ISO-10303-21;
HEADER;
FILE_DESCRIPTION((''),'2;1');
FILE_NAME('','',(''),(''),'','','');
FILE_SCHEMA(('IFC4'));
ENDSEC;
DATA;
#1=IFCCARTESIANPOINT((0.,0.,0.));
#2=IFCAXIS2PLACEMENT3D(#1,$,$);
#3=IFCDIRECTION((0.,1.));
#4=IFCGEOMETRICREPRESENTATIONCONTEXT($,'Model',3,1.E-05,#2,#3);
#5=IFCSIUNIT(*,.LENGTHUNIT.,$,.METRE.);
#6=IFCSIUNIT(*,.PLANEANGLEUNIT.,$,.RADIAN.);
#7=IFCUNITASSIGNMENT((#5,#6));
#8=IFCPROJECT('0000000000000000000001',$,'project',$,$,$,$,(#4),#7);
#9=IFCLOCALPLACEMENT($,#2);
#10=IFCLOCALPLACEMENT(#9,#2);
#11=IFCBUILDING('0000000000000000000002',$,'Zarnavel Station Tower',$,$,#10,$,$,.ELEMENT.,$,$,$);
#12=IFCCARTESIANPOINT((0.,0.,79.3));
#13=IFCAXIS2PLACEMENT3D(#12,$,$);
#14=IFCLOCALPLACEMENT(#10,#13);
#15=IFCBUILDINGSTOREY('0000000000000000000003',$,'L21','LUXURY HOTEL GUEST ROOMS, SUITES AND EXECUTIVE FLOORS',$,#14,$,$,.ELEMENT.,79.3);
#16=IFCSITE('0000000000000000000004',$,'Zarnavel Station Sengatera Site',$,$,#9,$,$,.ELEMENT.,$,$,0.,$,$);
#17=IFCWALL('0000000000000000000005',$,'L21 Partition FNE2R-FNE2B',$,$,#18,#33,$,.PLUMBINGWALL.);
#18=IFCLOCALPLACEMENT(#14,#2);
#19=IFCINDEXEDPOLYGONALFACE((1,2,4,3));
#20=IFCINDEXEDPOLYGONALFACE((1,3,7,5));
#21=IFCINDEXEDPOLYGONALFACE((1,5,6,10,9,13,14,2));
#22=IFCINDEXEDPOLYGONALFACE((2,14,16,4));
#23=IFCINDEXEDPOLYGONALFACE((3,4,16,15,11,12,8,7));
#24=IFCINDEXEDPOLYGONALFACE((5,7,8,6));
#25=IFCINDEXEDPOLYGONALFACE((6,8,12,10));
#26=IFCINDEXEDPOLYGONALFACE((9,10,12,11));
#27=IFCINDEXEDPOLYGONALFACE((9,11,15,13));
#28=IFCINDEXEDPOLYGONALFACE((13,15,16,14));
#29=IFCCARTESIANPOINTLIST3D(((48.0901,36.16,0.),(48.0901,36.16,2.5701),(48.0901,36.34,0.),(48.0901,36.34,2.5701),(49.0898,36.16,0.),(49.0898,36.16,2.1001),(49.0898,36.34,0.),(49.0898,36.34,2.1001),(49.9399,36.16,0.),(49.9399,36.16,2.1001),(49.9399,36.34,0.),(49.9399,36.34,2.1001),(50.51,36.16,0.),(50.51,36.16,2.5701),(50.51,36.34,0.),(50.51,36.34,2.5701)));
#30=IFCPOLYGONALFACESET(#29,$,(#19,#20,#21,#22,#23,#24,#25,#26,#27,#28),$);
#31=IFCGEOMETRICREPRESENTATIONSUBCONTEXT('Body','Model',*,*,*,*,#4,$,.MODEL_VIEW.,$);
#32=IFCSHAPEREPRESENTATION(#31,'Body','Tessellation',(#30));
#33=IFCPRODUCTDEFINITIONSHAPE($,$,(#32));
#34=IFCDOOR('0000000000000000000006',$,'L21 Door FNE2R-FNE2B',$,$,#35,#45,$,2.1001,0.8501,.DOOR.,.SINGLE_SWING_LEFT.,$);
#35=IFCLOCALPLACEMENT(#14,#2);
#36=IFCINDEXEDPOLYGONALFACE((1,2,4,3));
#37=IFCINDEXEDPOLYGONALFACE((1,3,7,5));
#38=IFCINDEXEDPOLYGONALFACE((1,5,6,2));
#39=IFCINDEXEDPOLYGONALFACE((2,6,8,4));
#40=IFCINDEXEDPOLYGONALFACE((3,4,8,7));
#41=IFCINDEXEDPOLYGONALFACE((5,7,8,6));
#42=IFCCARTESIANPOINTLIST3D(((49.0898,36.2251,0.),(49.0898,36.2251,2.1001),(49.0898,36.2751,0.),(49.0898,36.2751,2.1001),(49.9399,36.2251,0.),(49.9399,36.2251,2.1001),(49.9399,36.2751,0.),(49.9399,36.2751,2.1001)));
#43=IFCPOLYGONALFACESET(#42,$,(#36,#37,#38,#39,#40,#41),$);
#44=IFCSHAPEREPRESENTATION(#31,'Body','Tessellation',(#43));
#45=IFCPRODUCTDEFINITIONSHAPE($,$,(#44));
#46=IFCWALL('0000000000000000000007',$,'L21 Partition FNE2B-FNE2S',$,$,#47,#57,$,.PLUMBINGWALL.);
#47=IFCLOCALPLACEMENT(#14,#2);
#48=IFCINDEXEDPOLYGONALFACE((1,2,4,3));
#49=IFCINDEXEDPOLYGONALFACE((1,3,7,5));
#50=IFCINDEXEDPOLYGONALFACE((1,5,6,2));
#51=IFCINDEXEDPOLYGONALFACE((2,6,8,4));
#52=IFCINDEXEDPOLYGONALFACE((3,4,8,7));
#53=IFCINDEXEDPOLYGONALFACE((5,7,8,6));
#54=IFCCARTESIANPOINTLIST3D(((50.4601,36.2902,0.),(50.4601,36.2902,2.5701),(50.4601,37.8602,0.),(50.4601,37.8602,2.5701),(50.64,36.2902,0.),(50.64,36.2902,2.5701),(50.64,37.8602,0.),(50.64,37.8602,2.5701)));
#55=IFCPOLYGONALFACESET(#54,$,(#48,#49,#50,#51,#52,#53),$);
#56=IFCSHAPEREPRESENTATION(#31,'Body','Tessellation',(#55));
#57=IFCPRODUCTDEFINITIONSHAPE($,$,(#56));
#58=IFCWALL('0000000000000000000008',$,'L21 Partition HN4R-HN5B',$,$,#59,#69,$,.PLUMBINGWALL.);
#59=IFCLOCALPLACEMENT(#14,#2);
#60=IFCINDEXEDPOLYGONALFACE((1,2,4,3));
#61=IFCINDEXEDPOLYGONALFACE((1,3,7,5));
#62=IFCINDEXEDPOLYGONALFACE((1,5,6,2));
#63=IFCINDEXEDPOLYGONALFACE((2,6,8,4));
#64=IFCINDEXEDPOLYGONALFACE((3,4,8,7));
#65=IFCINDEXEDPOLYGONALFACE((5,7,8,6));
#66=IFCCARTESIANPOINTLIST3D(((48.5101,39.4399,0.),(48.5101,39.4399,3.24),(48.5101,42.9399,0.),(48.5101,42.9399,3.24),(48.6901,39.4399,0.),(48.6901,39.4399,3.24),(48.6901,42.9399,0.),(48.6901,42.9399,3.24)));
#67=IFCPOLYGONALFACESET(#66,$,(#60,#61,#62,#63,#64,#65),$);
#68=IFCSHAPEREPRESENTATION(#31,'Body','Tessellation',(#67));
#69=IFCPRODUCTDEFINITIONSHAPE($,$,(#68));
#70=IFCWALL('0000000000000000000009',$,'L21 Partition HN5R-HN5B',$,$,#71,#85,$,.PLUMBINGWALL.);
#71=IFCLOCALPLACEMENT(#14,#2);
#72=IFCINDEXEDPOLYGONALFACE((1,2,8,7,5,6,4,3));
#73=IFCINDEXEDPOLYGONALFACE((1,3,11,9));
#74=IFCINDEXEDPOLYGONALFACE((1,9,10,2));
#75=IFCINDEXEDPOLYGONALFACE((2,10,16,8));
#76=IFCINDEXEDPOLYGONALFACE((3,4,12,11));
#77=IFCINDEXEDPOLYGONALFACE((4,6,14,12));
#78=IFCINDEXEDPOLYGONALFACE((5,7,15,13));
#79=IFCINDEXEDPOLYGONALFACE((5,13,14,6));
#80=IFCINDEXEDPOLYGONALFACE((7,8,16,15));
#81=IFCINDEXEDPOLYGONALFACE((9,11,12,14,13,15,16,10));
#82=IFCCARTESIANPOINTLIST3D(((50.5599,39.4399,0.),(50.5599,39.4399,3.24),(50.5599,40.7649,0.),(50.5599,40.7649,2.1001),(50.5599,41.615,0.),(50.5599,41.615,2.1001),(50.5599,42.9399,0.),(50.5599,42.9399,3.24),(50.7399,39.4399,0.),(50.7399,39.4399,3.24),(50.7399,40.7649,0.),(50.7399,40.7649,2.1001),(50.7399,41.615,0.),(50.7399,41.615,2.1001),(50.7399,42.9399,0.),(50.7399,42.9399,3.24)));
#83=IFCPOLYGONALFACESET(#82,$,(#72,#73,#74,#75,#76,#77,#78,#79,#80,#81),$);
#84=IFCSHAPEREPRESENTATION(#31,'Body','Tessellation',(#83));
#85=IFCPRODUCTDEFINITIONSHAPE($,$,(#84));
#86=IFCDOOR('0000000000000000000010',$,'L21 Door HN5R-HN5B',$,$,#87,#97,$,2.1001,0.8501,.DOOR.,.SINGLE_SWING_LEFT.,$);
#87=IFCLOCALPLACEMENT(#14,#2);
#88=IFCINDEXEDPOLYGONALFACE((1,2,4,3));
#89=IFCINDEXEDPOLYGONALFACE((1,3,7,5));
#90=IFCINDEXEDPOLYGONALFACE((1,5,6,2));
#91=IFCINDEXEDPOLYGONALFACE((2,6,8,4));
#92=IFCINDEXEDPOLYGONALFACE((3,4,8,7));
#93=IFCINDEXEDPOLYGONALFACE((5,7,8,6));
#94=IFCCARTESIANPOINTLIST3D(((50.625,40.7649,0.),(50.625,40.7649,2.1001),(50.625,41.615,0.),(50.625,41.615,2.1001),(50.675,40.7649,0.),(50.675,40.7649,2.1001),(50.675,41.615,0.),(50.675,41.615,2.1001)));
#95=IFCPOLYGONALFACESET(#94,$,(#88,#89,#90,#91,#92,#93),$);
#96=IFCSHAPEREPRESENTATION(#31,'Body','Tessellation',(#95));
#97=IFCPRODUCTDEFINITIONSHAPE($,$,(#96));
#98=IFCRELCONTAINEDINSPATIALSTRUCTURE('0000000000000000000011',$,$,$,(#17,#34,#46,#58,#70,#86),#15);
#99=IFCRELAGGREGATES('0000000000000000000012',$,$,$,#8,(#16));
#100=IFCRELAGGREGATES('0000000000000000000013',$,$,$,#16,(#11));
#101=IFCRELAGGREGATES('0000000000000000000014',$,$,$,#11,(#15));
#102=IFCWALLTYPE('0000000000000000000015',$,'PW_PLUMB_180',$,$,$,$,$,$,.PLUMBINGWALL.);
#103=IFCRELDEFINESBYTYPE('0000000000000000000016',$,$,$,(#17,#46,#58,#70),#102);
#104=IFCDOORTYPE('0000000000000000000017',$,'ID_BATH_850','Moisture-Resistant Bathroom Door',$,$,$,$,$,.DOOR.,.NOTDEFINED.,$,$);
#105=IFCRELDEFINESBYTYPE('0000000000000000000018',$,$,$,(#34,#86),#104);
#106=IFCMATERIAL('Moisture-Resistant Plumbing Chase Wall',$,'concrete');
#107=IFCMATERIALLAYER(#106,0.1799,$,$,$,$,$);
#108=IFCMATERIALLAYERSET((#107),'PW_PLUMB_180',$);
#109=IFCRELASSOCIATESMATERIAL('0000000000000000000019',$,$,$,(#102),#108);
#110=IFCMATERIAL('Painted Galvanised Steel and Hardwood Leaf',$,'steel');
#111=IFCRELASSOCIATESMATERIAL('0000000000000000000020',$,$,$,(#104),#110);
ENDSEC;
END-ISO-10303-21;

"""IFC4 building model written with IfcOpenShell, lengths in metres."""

from ifc_helpers import new_model, si_unit, direction, frame, frame_2d, origin, place, context, subcontext, project, spatial, rectangle, extrude, material, layer, layer_set, type_object, element, fill, save


model = new_model("IFC4")

# Units and contexts
model_context = context("Model", 3, precision=1e-05, world=origin(), true_north=direction((0.0, 1.0)))
body_context = subcontext(model_context, "Body", "Model", "MODEL_VIEW")
ifc_project = project(units=[si_unit("LENGTHUNIT", "METRE"), si_unit("PLANEANGLEUNIT", "RADIAN")], contexts=[model_context])

# Site, building, storey
site_placement = place(None, origin())
site = spatial("IfcSite", under=ifc_project, at=site_placement, Name="Zarnavel Station Sengatera Site", CompositionType="ELEMENT", RefElevation=0.0)
building_placement = place(site_placement, origin())
building = spatial("IfcBuilding", under=site, at=building_placement, Name="Zarnavel Station Tower", CompositionType="ELEMENT")
storey_placement = place(building_placement, frame((0.0, 0.0, 79.3)))
storey = spatial("IfcBuildingStorey", under=building, at=storey_placement, Name="L21", Description="LUXURY HOTEL GUEST ROOMS, SUITES AND EXECUTIVE FLOORS", CompositionType="ELEMENT", Elevation=79.3)

# Shared definitions
ifc_material_1 = material(Name="Moisture-Resistant Plumbing Chase Wall", Category="concrete")
ifc_layer_1 = layer(ifc_material_1, 0.1799)
ifc_layer_set_1 = layer_set([ifc_layer_1], Name="PW_PLUMB_180")
wall_type_1 = type_object("IfcWallType", Name="PW_PLUMB_180", PredefinedType="PLUMBINGWALL", material=ifc_layer_set_1)

# Wall, opening, door
wall_1_placement = place(storey_placement, frame((50.51, 36.25, 0.0), z_axis=(0.0, 0.0, 1.0), x_axis=(-1.0, 0.0, 0.0)))
wall_1 = element("IfcWall", 1, at=wall_1_placement, inside=storey, type_object=wall_type_1, Name="L21 Partition FNE2R-FNE2B", PredefinedType="PLUMBINGWALL", context=body_context, shape_type="SweptSolid", body=[
    extrude(rectangle(XDim=2.4199, YDim=0.1799, at=frame_2d((1.21, 0.0))), origin(), (0.0, 0.0, 1.0), 2.5701),
])
opening_1_placement = place(wall_1_placement, frame((0.5701, 0.0, 0.0)))
opening_1 = element("IfcOpeningElement", 2, at=opening_1_placement, cuts=wall_1, PredefinedType="OPENING", context=body_context, shape_type="SweptSolid", body=[
    extrude(rectangle(XDim=0.8501, YDim=2.1001, at=frame_2d((0.425, 1.05))), frame((0.0, 0.0999, 0.0), z_axis=(0.0, -1.0, 0.0), x_axis=(1.0, 0.0, 0.0)), (0.0, 0.0, 1.0), 0.2),
])
ifc_material_2 = material(Name="Painted Galvanised Steel and Hardwood Leaf", Category="steel")
door_type_1 = type_object("IfcDoorType", Name="ID_BATH_850", Description="Moisture-Resistant Bathroom Door", OperationType="NOTDEFINED", PredefinedType="DOOR", material=ifc_material_2)
door_1_placement = place(opening_1_placement, origin())
door_1 = element("IfcDoor", 3, at=door_1_placement, inside=storey, type_object=door_type_1, Name="L21 Door FNE2R-FNE2B", OperationType="SINGLE_SWING_LEFT", OverallHeight=2.1001, OverallWidth=0.8501, PredefinedType="DOOR", context=body_context, shape_type="SweptSolid", body=[
    extrude(rectangle(XDim=0.8501, YDim=2.1001, at=frame_2d((0.425, 1.05))), frame((0.0, 0.0249, 0.0), z_axis=(0.0, -1.0, 0.0), x_axis=(1.0, 0.0, 0.0)), (0.0, 0.0, 1.0), 0.05),
])
fill(opening_1, door_1)

# Walls
wall_2_placement = place(storey_placement, frame((50.55, 36.29, 0.0), z_axis=(0.0, 0.0, 1.0), x_axis=(0.0, 1.0, 0.0)))
element("IfcWall", 4, at=wall_2_placement, inside=storey, type_object=wall_type_1, Name="L21 Partition FNE2B-FNE2S", PredefinedType="PLUMBINGWALL", context=body_context, shape_type="SweptSolid", body=[
    extrude(rectangle(XDim=1.5701, YDim=0.1799, at=frame_2d((0.7852, 0.0))), origin(), (0.0, 0.0, 1.0), 2.5701),
])
wall_3_placement = place(storey_placement, frame((48.6001, 39.4399, 0.0), z_axis=(0.0, 0.0, 1.0), x_axis=(0.0, 1.0, 0.0)))
element("IfcWall", 5, at=wall_3_placement, inside=storey, type_object=wall_type_1, Name="L21 Partition HN4R-HN5B", PredefinedType="PLUMBINGWALL", context=body_context, shape_type="SweptSolid", body=[
    extrude(rectangle(XDim=3.5, YDim=0.1799, at=frame_2d((1.75, 0.0))), origin(), (0.0, 0.0, 1.0), 3.24),
])

# Wall, opening, door
wall_4_placement = place(storey_placement, frame((50.6499, 39.4399, 0.0), z_axis=(0.0, 0.0, 1.0), x_axis=(0.0, 1.0, 0.0)))
wall_4 = element("IfcWall", 6, at=wall_4_placement, inside=storey, type_object=wall_type_1, Name="L21 Partition HN5R-HN5B", PredefinedType="PLUMBINGWALL", context=body_context, shape_type="SweptSolid", body=[
    extrude(rectangle(XDim=3.5, YDim=0.1799, at=frame_2d((1.75, 0.0))), origin(), (0.0, 0.0, 1.0), 3.24),
])
opening_2_placement = place(wall_4_placement, frame((1.325, 0.0, 0.0)))
opening_2 = element("IfcOpeningElement", 7, at=opening_2_placement, cuts=wall_4, PredefinedType="OPENING", context=body_context, shape_type="SweptSolid", body=[
    extrude(rectangle(XDim=0.8501, YDim=2.1001, at=frame_2d((0.425, 1.05))), frame((0.0, 0.0999, 0.0), z_axis=(0.0, -1.0, 0.0), x_axis=(1.0, 0.0, 0.0)), (0.0, 0.0, 1.0), 0.2),
])
door_2_placement = place(opening_2_placement, origin())
door_2 = element("IfcDoor", 8, at=door_2_placement, inside=storey, type_object=door_type_1, Name="L21 Door HN5R-HN5B", OperationType="SINGLE_SWING_LEFT", OverallHeight=2.1001, OverallWidth=0.8501, PredefinedType="DOOR", context=body_context, shape_type="SweptSolid", body=[
    extrude(rectangle(XDim=0.8501, YDim=2.1001, at=frame_2d((0.425, 1.05))), frame((0.0, 0.0249, 0.0), z_axis=(0.0, -1.0, 0.0), x_axis=(1.0, 0.0, 0.0)), (0.0, 0.0, 1.0), 0.05),
])
fill(opening_2, door_2)

save(model, "model.ifc")
